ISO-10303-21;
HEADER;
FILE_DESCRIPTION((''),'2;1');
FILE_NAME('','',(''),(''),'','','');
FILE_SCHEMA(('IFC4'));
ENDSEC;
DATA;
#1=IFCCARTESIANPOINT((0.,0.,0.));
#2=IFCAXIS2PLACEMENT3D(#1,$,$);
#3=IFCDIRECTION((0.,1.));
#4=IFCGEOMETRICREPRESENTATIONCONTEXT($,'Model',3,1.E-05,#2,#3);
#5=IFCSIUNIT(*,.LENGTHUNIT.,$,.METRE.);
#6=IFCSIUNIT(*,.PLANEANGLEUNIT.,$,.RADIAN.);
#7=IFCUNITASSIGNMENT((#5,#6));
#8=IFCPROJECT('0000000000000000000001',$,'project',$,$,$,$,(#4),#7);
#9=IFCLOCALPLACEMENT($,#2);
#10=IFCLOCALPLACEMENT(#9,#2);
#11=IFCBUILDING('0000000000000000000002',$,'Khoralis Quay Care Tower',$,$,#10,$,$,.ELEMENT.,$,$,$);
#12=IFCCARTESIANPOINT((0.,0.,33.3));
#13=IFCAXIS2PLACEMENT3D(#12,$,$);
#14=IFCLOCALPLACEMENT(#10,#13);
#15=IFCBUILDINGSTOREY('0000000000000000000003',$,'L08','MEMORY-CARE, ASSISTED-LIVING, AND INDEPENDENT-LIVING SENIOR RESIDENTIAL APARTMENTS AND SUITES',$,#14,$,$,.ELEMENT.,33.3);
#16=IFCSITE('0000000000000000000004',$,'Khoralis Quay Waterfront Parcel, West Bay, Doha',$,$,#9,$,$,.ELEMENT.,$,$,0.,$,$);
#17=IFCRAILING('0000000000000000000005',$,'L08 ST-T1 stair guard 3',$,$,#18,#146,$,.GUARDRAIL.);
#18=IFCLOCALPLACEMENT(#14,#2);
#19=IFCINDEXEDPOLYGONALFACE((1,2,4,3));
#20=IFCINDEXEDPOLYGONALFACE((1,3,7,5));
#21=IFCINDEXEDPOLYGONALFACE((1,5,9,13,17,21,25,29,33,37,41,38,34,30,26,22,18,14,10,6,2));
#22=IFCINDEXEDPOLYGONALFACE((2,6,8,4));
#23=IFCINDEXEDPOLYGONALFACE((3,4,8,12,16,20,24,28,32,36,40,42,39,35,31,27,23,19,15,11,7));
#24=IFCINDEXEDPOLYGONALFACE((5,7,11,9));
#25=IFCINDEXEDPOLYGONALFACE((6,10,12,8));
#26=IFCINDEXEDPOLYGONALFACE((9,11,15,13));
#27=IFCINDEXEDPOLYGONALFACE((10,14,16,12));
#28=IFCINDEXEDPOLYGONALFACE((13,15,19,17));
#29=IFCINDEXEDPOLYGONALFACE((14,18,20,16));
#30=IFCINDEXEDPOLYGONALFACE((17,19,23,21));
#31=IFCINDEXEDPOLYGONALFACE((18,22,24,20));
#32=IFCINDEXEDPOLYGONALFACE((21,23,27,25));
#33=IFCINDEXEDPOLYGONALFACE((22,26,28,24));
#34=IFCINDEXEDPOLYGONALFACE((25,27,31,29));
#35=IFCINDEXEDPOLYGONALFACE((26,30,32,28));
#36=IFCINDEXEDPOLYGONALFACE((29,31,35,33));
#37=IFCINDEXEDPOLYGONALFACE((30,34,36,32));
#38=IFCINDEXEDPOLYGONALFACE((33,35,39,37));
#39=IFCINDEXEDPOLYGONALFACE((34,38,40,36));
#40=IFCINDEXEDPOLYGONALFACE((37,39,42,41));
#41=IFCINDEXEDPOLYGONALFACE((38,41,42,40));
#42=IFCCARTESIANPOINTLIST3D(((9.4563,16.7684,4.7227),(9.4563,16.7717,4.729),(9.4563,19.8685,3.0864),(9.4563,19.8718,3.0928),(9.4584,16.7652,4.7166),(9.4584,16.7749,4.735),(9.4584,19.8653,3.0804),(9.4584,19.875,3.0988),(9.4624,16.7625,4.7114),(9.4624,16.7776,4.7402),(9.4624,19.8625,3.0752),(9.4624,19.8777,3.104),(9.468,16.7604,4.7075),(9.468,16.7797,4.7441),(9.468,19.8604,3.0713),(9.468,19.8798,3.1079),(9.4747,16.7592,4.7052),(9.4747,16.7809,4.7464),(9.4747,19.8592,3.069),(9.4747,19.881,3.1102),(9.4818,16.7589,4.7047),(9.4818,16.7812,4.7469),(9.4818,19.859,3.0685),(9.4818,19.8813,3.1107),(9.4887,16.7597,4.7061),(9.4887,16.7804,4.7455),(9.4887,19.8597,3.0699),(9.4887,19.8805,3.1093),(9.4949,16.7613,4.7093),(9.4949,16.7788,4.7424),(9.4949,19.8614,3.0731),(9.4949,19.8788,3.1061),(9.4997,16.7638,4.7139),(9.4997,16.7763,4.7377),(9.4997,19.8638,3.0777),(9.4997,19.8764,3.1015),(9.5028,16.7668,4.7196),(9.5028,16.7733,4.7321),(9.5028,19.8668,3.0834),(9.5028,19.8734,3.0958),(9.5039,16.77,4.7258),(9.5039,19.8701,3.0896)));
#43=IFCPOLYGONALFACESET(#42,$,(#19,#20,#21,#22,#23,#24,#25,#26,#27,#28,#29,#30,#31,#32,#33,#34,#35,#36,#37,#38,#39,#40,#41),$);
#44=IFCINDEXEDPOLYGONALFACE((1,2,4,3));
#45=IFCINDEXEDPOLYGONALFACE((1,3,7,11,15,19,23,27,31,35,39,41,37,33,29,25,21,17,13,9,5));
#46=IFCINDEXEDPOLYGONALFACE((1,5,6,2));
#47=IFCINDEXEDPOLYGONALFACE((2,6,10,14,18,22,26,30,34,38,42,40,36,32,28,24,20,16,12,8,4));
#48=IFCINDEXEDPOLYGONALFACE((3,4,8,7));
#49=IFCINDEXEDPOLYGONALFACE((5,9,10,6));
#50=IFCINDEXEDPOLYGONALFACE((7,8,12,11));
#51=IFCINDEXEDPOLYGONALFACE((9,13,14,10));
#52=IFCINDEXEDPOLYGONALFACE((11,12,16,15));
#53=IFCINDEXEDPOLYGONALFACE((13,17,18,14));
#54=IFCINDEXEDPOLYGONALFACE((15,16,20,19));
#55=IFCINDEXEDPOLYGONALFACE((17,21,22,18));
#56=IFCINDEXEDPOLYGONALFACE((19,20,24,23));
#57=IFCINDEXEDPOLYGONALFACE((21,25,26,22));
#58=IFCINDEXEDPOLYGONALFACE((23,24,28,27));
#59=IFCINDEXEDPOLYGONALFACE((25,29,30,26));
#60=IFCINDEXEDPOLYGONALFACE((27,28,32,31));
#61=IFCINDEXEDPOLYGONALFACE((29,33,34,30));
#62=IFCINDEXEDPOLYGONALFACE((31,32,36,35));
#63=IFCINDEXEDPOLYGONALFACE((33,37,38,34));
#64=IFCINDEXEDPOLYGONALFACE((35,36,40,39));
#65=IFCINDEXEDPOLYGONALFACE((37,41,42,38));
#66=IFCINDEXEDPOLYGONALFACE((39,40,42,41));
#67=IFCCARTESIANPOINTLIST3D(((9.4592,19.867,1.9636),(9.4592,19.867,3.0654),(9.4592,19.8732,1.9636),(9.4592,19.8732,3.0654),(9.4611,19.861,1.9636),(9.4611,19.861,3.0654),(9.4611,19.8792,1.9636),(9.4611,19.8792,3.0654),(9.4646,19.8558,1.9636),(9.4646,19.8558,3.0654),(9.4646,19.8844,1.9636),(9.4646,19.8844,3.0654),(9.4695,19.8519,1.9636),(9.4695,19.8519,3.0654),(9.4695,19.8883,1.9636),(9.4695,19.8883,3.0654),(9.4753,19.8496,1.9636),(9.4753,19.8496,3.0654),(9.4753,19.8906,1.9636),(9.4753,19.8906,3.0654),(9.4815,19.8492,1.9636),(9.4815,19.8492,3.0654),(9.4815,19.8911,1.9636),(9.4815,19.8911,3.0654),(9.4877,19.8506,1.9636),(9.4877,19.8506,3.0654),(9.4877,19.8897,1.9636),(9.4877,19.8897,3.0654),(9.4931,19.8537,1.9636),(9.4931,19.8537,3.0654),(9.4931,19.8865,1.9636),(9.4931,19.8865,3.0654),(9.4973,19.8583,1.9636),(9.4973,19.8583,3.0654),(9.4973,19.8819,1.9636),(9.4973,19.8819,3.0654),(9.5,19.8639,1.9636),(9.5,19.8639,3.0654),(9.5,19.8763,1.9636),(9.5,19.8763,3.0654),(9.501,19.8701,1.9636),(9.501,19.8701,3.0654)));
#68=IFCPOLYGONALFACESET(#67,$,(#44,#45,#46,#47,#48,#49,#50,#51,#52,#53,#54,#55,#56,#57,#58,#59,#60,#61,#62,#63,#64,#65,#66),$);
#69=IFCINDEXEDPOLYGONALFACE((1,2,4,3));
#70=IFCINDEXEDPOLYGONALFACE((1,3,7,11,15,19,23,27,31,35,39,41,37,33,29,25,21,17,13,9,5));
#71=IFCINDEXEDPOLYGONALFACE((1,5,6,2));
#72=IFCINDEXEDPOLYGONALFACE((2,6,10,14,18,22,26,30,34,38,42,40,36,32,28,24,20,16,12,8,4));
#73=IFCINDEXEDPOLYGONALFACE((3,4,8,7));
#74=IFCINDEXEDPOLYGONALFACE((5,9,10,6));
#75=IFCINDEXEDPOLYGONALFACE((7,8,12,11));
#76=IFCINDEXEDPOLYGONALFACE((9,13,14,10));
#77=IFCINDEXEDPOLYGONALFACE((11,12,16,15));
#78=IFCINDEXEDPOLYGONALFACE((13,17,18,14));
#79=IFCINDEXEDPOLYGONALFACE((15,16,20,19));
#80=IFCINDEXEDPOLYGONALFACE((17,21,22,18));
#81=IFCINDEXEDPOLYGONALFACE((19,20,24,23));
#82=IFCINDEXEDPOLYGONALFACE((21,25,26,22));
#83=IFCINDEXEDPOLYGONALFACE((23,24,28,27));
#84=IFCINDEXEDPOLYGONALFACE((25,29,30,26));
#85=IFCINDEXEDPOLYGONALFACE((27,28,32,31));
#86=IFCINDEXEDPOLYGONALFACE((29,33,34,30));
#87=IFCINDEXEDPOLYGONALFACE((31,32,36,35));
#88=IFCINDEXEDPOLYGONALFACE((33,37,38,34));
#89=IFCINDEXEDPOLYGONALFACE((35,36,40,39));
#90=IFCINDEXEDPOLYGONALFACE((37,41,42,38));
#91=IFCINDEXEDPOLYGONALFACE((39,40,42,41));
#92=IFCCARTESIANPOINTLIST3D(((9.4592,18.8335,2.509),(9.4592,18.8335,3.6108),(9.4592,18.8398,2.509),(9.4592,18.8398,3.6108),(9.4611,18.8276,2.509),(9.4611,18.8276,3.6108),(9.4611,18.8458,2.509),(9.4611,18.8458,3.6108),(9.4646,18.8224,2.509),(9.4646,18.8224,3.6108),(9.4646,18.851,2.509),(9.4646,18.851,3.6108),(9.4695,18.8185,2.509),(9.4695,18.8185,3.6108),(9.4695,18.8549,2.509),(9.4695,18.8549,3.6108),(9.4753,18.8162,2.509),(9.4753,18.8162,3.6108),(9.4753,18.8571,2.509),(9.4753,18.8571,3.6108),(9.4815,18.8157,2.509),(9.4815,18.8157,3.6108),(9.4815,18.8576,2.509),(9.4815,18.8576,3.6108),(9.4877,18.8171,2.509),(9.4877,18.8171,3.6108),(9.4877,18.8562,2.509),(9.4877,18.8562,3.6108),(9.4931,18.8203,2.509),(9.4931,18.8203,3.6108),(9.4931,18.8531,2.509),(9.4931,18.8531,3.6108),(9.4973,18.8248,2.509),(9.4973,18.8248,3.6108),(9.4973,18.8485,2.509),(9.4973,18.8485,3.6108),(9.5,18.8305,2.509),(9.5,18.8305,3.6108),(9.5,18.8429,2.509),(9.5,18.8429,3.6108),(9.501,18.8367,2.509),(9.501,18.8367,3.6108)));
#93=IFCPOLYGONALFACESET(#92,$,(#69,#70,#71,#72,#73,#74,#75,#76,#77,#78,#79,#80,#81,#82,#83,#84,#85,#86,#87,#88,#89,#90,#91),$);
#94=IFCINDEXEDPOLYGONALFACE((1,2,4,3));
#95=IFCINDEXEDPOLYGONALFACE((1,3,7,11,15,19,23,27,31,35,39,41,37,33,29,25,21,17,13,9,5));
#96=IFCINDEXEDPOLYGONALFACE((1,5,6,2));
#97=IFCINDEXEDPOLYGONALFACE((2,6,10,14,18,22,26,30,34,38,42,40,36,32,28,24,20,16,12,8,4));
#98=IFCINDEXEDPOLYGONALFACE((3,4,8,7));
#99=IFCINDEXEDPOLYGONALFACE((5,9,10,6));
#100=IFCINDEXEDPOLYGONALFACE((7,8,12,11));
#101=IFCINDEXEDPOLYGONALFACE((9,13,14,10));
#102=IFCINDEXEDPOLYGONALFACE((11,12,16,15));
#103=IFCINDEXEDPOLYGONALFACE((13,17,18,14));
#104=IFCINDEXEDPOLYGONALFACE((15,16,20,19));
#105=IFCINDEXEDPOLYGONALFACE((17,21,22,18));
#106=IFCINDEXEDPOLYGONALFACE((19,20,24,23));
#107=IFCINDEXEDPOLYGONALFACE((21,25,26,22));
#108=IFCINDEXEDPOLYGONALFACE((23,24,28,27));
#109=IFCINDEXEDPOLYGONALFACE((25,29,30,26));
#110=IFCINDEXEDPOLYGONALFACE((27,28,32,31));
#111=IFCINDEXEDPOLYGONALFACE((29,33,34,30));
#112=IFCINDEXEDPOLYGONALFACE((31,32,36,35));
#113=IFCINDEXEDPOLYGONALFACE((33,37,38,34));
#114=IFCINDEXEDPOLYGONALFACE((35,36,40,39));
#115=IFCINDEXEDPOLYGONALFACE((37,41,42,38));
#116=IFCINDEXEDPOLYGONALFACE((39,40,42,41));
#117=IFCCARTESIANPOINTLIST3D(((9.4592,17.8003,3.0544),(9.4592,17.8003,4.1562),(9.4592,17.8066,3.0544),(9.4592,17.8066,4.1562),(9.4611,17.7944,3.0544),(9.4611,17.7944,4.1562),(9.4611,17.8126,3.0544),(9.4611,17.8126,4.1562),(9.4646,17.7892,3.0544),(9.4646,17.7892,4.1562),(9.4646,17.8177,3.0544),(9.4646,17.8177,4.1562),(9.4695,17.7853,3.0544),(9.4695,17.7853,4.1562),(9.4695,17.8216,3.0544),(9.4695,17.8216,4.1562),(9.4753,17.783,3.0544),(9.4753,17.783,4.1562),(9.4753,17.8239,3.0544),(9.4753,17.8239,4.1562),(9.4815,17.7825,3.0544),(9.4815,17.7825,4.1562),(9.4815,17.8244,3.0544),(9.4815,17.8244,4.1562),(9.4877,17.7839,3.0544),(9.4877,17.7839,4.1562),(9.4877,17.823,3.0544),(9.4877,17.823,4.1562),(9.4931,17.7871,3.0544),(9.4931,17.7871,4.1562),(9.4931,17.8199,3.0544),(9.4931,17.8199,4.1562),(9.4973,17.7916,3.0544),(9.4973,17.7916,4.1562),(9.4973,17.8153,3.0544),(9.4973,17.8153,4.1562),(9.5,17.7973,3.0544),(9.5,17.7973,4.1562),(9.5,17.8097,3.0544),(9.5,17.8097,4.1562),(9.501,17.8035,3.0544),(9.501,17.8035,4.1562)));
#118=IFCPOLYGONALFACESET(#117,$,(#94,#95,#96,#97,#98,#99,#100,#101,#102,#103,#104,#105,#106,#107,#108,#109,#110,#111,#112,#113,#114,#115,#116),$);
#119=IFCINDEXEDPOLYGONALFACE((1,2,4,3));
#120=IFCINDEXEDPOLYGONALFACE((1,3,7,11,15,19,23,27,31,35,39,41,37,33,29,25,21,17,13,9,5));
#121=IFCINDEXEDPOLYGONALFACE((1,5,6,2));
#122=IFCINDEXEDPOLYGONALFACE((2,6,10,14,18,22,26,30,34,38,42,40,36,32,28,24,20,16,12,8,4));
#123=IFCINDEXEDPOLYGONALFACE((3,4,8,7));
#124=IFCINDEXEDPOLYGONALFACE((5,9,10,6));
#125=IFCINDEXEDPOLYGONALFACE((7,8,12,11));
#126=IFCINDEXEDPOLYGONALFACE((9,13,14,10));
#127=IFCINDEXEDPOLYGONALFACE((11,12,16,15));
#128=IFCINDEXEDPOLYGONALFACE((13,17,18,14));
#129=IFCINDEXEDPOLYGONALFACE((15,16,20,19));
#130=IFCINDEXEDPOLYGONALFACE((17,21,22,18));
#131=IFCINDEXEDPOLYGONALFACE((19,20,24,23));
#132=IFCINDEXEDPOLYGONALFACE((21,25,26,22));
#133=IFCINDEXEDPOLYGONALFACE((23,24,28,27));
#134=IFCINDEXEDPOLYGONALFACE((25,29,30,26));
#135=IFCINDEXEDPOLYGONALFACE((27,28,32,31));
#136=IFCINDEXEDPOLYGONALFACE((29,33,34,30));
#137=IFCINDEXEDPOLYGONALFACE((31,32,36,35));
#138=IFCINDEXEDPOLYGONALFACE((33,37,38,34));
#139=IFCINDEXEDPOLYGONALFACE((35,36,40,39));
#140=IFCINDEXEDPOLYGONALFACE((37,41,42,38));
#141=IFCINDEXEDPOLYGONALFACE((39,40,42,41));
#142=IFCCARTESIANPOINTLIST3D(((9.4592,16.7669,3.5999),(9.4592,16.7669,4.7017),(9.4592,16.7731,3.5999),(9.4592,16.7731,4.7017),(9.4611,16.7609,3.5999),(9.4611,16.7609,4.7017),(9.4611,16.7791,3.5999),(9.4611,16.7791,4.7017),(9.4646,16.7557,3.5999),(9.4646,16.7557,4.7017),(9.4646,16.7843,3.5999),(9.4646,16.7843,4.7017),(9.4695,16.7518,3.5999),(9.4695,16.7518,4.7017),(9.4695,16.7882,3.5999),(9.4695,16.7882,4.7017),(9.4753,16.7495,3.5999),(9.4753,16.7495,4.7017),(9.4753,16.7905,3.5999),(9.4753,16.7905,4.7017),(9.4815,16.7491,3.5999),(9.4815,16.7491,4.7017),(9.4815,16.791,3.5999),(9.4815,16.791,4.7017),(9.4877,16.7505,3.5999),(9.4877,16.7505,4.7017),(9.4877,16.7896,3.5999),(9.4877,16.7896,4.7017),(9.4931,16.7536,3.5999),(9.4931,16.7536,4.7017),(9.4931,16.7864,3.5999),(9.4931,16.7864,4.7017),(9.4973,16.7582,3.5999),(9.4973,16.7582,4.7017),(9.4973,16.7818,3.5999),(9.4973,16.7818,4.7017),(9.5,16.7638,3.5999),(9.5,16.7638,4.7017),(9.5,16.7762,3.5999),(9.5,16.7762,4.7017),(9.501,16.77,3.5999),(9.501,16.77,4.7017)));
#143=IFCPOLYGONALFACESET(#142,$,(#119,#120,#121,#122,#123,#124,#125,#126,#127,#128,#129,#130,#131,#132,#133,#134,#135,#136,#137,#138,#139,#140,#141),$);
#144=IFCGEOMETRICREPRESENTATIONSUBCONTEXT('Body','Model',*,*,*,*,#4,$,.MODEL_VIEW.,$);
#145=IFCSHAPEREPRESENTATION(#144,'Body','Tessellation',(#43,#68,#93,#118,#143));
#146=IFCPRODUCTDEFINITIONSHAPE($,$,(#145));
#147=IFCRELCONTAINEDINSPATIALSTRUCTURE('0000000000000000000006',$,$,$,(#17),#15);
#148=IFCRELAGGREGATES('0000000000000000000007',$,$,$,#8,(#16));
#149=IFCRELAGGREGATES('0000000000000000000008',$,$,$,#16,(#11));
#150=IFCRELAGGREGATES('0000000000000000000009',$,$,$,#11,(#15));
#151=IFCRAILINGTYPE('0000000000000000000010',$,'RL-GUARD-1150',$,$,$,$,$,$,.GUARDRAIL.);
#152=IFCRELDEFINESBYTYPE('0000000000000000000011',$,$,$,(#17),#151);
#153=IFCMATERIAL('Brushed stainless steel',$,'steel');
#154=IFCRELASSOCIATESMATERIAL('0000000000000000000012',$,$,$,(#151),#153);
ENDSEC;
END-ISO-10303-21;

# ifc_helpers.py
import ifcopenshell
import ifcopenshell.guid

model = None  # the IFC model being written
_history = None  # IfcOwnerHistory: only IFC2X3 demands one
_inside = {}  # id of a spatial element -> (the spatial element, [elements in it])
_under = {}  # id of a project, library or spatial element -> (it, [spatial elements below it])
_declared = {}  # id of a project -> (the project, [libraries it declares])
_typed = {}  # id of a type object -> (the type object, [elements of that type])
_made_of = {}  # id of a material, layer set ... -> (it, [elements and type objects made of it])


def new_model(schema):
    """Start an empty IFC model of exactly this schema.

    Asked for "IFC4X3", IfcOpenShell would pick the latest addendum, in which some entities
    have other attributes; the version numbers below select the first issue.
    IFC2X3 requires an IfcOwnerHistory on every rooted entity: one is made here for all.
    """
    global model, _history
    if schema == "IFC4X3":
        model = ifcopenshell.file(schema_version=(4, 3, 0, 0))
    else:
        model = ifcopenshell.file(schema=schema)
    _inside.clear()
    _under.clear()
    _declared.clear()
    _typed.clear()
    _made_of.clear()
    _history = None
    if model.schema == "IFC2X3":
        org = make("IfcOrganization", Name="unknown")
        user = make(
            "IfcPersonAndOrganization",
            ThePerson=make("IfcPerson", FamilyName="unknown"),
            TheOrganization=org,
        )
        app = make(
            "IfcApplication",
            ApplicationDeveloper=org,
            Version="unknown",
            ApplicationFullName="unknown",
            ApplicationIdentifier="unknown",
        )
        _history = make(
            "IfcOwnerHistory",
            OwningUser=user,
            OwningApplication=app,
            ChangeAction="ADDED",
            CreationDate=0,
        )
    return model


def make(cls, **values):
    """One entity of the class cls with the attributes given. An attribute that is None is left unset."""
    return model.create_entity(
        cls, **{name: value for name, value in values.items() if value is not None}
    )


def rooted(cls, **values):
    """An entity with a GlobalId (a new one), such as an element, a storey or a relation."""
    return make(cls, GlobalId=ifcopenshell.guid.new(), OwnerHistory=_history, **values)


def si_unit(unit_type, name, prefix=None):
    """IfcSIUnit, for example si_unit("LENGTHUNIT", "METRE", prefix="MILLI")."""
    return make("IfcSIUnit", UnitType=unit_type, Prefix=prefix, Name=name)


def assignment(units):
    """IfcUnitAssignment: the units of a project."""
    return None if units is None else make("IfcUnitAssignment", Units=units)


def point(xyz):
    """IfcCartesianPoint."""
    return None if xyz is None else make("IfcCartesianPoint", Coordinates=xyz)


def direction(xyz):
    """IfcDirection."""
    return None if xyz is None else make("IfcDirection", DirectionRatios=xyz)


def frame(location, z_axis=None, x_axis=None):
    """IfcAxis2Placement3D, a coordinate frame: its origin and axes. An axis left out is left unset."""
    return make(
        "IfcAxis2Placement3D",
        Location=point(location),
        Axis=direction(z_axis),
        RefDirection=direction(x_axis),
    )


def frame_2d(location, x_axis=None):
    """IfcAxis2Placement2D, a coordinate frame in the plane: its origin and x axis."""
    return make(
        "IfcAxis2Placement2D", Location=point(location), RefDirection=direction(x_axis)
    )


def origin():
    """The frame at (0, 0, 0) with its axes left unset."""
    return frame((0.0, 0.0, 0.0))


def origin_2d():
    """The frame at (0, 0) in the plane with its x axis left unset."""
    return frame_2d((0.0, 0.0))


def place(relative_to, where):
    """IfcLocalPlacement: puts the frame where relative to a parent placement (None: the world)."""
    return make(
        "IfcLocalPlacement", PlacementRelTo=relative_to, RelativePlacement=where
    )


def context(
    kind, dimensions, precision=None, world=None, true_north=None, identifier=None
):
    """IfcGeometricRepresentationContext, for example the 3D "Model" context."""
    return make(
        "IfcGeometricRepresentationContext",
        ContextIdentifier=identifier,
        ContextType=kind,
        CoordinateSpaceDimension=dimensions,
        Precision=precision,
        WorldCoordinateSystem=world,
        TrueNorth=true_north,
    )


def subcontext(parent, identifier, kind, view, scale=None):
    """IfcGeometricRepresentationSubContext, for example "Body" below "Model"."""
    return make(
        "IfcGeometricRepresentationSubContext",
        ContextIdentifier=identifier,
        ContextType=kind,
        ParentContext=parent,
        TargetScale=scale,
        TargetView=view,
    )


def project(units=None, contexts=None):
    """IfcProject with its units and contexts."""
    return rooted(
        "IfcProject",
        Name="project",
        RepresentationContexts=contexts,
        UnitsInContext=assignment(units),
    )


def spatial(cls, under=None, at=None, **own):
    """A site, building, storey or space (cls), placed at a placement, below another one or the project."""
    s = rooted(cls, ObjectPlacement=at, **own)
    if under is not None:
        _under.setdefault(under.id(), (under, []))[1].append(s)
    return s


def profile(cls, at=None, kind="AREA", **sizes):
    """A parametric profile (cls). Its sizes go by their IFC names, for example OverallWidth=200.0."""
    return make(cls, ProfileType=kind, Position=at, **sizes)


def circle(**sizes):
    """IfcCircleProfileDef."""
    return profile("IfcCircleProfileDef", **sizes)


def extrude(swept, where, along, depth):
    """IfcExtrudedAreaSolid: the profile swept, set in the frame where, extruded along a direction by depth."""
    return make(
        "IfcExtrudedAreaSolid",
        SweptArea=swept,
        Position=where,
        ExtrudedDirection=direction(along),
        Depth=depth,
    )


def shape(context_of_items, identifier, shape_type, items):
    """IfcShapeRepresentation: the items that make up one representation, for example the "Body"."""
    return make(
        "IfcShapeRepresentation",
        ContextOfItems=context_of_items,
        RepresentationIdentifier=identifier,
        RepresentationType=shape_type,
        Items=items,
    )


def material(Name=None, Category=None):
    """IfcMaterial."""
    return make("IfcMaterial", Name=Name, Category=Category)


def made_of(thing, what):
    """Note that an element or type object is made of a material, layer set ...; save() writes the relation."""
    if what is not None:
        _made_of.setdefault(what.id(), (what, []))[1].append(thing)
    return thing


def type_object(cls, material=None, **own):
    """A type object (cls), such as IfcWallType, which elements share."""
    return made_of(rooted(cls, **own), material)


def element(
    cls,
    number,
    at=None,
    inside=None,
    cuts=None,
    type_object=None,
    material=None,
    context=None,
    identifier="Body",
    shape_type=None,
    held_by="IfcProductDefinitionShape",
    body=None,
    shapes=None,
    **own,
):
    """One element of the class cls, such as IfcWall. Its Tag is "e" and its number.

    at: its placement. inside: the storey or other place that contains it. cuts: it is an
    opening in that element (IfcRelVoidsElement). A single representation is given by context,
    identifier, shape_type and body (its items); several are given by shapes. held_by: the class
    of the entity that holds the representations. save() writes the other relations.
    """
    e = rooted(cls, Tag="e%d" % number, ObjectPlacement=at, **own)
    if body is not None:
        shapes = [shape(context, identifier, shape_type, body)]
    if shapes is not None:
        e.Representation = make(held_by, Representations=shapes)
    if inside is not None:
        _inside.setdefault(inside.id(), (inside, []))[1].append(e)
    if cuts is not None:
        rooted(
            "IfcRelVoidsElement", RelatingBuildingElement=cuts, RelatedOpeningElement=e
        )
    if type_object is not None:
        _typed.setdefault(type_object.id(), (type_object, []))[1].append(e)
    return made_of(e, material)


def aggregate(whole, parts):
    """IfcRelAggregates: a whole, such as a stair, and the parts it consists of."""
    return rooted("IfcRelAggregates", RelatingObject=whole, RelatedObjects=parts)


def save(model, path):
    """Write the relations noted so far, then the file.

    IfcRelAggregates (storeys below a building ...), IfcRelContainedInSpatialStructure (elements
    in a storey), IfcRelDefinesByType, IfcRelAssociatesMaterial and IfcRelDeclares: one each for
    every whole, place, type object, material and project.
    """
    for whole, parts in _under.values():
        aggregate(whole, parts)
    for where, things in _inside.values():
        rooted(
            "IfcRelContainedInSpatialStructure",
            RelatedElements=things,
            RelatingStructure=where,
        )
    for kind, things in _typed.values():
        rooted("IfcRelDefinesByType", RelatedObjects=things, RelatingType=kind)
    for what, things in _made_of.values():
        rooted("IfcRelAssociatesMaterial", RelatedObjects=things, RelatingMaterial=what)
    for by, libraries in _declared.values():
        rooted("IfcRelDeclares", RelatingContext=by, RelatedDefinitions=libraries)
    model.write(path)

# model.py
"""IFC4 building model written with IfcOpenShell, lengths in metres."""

from ifc_helpers import new_model, si_unit, direction, frame, origin, origin_2d, place, context, subcontext, project, spatial, circle, extrude, material, type_object, element, save


model = new_model("IFC4")

# Units and contexts
model_context = context("Model", 3, precision=1e-05, world=origin(), true_north=direction((0.0, 1.0)))
body_context = subcontext(model_context, "Body", "Model", "MODEL_VIEW")
ifc_project = project(units=[si_unit("LENGTHUNIT", "METRE"), si_unit("PLANEANGLEUNIT", "RADIAN")], contexts=[model_context])

# Site, building, storey
site_placement = place(None, origin())
site = spatial("IfcSite", under=ifc_project, at=site_placement, Name="Khoralis Quay Waterfront Parcel, West Bay, Doha", CompositionType="ELEMENT", RefElevation=0.0)
building_placement = place(site_placement, origin())
building = spatial("IfcBuilding", under=site, at=building_placement, Name="Khoralis Quay Care Tower", CompositionType="ELEMENT")
storey_placement = place(building_placement, frame((0.0, 0.0, 33.3)))
storey = spatial("IfcBuildingStorey", under=building, at=storey_placement, Name="L08", Description="MEMORY-CARE, ASSISTED-LIVING, AND INDEPENDENT-LIVING SENIOR RESIDENTIAL APARTMENTS AND SUITES", CompositionType="ELEMENT", Elevation=33.3)

# Shared definitions
ifc_material_1 = material(Name="Brushed stainless steel", Category="steel")

# Railing
railing_type_1 = type_object("IfcRailingType", Name="RL-GUARD-1150", PredefinedType="GUARDRAIL", material=ifc_material_1)
railing_1_placement = place(storey_placement, frame((9.48, 19.8701, 1.9636)))
element("IfcRailing", 1, at=railing_1_placement, inside=storey, type_object=railing_type_1, Name="L08 ST-T1 stair guard 3", PredefinedType="GUARDRAIL", context=body_context, shape_type="SweptSolid", body=[
    extrude(circle(Radius=0.0239, at=origin_2d()), frame((0.0, 0.0, 1.126), z_axis=(0.0, -0.884377, 0.466774), x_axis=(1.0, 0.0, 0.0)), (0.0, 0.0, 1.0), 3.5054),
    extrude(circle(Radius=0.021, at=origin_2d()), origin(), (0.0, 0.0, 1.0), 1.1018),
    extrude(circle(Radius=0.021, at=origin_2d()), frame((0.0, -1.0334, 0.5454)), (0.0, 0.0, 1.0), 1.1018),
    extrude(circle(Radius=0.021, at=origin_2d()), frame((0.0, -2.0667, 1.0908)), (0.0, 0.0, 1.0), 1.1018),
    extrude(circle(Radius=0.021, at=origin_2d()), frame((0.0, -3.1001, 1.6362)), (0.0, 0.0, 1.0), 1.1018),
])

save(model, "model.ifc")
